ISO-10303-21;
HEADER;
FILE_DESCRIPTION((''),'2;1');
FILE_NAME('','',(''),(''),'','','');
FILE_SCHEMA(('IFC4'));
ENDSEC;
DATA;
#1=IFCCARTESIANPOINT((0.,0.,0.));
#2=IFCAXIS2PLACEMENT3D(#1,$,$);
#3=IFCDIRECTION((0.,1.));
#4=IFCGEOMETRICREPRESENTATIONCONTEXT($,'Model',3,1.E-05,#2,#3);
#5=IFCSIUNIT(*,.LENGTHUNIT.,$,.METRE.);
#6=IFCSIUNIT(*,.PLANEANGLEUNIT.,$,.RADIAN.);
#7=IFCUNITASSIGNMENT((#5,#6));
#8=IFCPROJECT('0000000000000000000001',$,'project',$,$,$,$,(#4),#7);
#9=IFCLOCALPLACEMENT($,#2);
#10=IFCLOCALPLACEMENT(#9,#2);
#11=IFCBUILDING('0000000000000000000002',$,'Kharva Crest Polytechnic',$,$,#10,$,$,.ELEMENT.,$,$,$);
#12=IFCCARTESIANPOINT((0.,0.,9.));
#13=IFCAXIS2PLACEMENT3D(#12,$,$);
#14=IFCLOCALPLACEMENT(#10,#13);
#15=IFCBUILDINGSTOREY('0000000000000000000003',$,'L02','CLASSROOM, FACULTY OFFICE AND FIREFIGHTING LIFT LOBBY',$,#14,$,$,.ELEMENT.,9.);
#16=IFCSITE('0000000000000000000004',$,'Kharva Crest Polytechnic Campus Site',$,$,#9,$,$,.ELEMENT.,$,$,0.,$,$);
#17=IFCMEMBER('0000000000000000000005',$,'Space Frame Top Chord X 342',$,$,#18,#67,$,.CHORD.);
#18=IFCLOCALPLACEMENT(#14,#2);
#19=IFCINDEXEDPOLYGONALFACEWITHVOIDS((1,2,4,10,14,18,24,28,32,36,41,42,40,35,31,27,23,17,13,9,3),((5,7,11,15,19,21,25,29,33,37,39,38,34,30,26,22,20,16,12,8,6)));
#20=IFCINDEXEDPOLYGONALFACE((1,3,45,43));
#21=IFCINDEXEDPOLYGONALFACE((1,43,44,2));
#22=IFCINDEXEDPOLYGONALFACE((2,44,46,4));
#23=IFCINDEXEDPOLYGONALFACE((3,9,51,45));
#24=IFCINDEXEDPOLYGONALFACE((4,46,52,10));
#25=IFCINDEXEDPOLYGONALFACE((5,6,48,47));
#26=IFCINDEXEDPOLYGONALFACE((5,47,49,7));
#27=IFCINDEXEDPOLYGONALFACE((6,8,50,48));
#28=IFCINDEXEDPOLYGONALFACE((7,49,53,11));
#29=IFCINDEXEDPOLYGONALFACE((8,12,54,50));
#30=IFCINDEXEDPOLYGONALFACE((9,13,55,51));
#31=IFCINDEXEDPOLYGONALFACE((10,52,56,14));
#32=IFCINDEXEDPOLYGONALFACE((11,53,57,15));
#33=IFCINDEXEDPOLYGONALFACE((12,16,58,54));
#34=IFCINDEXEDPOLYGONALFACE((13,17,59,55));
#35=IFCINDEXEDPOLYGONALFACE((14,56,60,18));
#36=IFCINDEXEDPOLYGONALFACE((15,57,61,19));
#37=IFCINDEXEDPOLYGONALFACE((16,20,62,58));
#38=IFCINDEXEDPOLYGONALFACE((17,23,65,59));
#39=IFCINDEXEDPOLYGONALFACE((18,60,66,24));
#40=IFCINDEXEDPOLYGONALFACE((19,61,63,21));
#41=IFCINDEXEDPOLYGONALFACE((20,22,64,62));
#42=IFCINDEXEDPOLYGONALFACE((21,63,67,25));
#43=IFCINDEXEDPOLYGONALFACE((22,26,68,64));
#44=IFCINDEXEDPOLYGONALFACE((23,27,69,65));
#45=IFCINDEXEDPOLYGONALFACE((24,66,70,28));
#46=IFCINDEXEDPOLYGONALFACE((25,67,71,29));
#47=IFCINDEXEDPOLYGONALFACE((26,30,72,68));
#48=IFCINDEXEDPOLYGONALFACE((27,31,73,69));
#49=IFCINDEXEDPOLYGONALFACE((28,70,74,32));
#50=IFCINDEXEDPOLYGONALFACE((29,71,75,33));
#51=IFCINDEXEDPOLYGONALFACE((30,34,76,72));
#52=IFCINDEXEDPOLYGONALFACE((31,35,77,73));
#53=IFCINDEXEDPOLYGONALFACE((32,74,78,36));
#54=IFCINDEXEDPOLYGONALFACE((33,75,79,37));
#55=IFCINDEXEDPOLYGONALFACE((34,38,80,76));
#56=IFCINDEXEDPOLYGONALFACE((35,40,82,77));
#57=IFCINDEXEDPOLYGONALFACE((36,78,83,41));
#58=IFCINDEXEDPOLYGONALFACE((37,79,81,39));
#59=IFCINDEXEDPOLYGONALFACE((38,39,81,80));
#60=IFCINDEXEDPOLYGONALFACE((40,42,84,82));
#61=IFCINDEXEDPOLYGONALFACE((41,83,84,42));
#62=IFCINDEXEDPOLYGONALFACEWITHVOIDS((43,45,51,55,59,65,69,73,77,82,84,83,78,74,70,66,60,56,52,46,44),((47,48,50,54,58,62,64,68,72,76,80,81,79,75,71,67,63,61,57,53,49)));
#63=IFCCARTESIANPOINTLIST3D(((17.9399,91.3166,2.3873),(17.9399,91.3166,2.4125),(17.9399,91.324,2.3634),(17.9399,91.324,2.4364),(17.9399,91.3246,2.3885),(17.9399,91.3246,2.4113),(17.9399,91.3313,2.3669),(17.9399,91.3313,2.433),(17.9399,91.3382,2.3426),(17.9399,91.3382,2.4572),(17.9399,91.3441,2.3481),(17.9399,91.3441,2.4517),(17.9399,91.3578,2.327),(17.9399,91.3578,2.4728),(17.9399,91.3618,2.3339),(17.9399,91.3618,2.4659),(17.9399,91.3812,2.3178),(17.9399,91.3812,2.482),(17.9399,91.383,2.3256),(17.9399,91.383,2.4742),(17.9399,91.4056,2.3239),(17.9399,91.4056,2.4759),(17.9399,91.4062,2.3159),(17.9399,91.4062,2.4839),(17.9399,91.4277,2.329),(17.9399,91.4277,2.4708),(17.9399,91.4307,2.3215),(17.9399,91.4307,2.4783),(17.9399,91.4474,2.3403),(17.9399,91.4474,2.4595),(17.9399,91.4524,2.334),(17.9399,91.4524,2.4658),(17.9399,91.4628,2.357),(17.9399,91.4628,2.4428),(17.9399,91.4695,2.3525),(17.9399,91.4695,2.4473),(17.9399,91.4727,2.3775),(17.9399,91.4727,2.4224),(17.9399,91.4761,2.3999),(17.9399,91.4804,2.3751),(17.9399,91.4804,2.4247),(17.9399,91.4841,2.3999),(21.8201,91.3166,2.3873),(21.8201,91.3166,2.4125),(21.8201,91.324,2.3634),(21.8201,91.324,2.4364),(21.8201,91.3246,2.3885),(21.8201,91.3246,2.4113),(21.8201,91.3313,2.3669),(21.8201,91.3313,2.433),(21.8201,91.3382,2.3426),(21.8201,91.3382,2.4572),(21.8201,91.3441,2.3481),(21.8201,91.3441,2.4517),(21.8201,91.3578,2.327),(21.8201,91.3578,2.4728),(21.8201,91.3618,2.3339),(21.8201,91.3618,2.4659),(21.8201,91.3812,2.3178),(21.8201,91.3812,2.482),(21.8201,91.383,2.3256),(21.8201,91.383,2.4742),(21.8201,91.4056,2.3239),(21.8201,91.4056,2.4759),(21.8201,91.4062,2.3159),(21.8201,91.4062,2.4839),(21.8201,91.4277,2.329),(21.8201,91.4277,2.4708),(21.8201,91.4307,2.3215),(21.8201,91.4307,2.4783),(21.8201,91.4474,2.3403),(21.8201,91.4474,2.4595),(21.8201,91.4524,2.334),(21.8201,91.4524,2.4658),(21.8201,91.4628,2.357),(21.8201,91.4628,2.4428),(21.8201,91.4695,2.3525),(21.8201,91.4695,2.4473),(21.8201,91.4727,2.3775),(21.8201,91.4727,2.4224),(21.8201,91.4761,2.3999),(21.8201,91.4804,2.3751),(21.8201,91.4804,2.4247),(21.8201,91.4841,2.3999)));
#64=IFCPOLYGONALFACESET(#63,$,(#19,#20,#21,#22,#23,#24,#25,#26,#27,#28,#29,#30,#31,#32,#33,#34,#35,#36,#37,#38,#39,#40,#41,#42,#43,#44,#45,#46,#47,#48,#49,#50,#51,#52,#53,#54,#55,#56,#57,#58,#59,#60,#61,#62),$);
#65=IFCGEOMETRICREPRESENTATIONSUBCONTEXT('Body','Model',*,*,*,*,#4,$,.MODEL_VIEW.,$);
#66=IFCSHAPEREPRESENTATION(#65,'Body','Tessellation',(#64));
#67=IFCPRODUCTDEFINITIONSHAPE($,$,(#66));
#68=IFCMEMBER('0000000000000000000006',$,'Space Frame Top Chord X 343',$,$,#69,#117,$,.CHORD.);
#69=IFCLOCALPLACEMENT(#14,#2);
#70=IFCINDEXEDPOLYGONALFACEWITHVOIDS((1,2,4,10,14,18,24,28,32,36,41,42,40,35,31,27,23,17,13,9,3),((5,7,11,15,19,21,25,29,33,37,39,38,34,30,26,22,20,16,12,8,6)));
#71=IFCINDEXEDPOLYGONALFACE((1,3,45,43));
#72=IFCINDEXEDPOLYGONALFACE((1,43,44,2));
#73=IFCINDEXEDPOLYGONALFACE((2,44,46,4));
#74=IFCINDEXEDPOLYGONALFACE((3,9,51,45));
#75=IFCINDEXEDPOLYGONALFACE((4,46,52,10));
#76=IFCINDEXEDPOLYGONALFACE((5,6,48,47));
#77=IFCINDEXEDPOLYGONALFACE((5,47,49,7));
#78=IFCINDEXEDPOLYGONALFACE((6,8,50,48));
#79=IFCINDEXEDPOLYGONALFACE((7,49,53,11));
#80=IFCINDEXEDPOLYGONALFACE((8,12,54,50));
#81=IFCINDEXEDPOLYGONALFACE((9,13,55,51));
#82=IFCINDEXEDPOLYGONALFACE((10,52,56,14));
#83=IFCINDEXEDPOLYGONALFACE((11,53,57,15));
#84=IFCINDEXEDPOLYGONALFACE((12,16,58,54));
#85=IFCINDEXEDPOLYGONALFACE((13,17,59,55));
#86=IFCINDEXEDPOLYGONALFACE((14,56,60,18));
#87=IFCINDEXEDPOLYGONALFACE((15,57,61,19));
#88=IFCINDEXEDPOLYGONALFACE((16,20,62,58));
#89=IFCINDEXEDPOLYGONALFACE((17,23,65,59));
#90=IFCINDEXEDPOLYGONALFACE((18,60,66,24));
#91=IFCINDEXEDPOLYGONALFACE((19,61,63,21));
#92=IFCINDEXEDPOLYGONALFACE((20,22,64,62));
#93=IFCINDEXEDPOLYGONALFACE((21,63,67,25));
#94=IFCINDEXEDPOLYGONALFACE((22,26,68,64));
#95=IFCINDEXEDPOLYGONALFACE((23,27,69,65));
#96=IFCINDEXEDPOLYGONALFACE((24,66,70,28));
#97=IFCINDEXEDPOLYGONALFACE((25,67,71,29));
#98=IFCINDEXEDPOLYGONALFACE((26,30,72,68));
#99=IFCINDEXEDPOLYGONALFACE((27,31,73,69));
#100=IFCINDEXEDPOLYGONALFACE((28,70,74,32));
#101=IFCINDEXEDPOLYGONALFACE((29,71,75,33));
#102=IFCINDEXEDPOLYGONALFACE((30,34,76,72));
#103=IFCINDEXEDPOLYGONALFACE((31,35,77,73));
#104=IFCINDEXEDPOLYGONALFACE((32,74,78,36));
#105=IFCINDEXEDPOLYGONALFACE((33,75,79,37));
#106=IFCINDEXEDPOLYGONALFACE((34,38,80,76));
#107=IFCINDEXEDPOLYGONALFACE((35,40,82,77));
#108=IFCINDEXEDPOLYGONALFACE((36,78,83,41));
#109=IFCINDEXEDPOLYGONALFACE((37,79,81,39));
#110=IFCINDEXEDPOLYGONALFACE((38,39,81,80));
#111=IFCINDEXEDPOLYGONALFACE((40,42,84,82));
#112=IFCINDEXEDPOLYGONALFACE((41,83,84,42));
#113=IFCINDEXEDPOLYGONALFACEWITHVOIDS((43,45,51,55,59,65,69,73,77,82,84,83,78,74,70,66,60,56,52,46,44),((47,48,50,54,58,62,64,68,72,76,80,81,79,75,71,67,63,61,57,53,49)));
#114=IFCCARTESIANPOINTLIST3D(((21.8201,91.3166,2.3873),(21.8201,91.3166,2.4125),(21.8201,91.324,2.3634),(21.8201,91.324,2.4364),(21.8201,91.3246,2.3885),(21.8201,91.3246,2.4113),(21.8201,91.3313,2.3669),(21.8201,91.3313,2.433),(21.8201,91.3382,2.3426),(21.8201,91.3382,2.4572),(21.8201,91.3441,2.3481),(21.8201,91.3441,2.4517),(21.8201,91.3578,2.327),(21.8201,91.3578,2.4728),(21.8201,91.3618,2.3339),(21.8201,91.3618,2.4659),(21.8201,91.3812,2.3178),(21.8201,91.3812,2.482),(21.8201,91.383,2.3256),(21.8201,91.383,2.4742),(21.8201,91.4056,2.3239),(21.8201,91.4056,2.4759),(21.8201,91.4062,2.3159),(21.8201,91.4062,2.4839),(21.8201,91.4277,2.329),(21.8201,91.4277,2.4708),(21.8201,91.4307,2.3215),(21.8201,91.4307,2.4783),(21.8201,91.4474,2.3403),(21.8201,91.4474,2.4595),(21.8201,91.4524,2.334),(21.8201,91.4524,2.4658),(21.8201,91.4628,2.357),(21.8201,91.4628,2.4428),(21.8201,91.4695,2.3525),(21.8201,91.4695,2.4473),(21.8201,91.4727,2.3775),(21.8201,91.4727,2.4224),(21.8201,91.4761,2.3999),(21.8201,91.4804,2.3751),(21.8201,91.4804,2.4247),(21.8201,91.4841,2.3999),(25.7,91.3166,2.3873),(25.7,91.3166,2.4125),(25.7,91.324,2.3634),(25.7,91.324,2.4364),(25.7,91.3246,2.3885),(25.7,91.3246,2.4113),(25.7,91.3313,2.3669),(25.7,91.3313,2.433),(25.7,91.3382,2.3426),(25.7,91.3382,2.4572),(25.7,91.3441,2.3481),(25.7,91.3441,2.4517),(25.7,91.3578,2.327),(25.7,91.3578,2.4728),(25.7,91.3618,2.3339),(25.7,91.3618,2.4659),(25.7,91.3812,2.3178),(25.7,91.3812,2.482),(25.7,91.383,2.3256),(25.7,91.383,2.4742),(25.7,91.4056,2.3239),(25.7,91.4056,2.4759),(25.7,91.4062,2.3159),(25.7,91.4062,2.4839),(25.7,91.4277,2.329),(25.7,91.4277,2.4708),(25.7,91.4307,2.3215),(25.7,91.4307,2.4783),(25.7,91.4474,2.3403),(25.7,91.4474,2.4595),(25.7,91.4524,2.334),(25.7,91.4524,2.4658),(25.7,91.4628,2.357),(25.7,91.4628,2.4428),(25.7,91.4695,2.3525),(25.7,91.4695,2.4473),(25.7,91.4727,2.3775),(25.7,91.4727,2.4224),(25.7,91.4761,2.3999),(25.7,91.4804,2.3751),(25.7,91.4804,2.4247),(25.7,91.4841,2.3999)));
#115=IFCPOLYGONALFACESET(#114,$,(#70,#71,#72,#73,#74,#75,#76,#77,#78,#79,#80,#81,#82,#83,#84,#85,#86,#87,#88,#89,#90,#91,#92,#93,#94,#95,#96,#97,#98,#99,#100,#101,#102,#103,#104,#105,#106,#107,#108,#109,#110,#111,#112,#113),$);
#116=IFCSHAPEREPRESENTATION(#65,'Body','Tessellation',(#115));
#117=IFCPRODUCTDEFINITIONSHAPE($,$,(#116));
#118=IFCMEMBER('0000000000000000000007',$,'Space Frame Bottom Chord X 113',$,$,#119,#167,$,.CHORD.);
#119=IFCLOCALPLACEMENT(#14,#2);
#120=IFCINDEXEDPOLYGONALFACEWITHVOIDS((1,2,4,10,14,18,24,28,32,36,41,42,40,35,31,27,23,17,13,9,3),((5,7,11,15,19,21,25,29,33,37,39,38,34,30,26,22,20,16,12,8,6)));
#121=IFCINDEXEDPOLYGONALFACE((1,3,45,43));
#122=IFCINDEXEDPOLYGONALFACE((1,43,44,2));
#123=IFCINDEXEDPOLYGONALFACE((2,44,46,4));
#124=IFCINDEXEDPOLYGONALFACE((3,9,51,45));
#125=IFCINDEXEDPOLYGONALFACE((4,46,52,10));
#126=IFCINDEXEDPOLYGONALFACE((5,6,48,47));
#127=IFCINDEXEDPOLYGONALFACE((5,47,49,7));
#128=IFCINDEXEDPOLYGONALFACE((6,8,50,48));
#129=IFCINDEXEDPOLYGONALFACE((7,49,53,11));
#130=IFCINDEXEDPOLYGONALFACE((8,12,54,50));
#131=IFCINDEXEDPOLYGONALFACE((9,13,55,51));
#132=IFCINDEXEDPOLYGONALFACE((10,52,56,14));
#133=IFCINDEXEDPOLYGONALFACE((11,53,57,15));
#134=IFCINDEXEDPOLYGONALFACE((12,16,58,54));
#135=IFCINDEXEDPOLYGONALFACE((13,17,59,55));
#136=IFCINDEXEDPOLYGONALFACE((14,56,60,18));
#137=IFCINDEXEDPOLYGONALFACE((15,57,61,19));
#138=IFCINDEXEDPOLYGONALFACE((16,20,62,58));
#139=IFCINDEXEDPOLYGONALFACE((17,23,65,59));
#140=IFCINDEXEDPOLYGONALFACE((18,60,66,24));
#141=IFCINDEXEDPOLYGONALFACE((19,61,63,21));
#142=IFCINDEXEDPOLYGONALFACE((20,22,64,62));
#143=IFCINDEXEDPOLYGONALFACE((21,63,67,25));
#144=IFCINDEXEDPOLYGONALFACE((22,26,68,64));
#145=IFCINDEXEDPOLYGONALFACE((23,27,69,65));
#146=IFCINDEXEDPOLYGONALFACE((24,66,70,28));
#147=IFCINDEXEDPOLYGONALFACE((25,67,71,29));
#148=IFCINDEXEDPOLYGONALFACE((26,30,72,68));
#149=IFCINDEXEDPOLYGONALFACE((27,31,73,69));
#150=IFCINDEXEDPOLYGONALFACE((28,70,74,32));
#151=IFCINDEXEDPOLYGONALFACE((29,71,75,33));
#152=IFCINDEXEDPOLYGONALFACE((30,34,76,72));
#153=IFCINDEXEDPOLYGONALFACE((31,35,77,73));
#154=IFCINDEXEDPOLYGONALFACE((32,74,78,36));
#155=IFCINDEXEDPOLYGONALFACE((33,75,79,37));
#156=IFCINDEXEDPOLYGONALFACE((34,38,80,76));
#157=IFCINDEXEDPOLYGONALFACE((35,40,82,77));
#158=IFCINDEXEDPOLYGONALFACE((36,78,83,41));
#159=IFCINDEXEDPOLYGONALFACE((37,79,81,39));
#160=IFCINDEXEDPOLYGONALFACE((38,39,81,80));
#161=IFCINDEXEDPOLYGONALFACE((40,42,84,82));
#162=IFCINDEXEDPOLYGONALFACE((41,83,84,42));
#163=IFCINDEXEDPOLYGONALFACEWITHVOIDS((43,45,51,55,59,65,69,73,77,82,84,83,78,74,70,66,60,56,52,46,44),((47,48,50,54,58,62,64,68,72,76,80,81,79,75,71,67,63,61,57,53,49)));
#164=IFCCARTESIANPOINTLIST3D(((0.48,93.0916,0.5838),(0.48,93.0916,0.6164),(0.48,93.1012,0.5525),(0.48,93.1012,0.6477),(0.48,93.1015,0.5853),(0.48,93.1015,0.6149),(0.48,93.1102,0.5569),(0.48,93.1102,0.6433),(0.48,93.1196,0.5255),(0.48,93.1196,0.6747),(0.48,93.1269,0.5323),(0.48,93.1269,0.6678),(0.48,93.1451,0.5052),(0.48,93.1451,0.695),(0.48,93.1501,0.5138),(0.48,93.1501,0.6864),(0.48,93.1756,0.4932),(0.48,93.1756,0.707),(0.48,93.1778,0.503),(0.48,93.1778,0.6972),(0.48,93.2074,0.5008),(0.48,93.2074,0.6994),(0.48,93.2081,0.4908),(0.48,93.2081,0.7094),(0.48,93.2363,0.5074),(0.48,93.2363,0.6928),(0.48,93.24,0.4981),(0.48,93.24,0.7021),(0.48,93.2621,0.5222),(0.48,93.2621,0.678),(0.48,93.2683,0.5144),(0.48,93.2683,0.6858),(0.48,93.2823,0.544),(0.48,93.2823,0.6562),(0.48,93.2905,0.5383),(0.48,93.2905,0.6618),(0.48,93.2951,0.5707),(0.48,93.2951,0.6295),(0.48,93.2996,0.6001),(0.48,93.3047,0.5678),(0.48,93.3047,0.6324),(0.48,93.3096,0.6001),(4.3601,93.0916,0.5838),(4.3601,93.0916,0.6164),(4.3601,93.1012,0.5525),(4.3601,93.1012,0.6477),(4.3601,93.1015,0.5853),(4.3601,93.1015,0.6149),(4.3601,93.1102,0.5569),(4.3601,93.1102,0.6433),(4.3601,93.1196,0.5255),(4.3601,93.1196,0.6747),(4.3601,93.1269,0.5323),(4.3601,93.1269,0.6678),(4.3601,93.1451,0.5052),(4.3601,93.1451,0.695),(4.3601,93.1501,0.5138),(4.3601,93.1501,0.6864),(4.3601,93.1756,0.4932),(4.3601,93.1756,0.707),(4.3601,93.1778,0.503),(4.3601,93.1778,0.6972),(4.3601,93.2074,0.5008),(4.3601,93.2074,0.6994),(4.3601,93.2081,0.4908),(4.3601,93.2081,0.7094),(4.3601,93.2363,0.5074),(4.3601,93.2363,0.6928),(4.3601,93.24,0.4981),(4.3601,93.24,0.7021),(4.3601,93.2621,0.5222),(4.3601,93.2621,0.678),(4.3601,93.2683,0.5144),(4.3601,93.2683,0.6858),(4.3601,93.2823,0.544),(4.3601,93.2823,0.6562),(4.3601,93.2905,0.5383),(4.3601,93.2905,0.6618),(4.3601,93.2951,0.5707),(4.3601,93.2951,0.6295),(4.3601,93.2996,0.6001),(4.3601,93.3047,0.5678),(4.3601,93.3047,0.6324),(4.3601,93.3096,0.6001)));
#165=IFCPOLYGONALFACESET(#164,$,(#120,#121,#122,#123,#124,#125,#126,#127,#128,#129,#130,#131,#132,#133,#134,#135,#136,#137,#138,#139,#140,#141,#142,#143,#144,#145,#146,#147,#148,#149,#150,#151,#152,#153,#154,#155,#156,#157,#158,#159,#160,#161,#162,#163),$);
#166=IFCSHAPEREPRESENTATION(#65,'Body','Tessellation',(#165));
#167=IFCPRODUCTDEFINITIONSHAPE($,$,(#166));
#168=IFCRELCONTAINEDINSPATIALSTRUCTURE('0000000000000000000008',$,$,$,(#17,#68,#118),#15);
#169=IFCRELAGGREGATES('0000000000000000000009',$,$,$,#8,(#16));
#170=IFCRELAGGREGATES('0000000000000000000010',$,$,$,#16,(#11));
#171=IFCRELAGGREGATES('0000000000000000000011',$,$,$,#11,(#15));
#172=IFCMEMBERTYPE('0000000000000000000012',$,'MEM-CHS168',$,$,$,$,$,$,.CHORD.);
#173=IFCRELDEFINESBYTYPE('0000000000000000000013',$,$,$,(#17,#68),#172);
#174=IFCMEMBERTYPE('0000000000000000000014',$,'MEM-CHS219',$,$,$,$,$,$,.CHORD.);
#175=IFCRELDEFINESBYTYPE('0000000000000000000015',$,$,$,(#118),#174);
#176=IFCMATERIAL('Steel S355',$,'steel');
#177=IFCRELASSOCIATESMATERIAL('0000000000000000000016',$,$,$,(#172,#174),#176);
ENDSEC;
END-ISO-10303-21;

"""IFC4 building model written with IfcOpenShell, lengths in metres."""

from ifc_helpers import new_model, si_unit, direction, frame, origin, origin_2d, place, context, subcontext, project, spatial, hollow_circle, extrude, material, material_profile, profile_set, type_object, element, save


model = new_model("IFC4")

# Units and contexts
model_context = context("Model", 3, precision=1e-05, world=origin(), true_north=direction((0.0, 1.0)))
body_context = subcontext(model_context, "Body", "Model", "MODEL_VIEW")
ifc_project = project(units=[si_unit("LENGTHUNIT", "METRE"), si_unit("PLANEANGLEUNIT", "RADIAN")], contexts=[model_context])

# Site, building, storey
site_placement = place(None, origin())
site = spatial("IfcSite", under=ifc_project, at=site_placement, Name="Kharva Crest Polytechnic Campus Site", CompositionType="ELEMENT", RefElevation=0.0)
building_placement = place(site_placement, origin())
building = spatial("IfcBuilding", under=site, at=building_placement, Name="Kharva Crest Polytechnic", CompositionType="ELEMENT")
storey_placement = place(building_placement, frame((0.0, 0.0, 9.0)))
storey = spatial("IfcBuildingStorey", under=building, at=storey_placement, Name="L02", Description="CLASSROOM, FACULTY OFFICE AND FIREFIGHTING LIFT LOBBY", CompositionType="ELEMENT", Elevation=9.0)

# Members
ifc_material = material(Name="Steel S355", Category="steel")
ifc_material_profile_1 = material_profile(ifc_material, hollow_circle(Radius=0.0842, WallThickness=0.0081, at=origin_2d()), Name="CHS 168.3X8.0")
ifc_profile_set_1 = profile_set([ifc_material_profile_1], Name="Steel S355")
member_type_1 = type_object("IfcMemberType", Name="MEM-CHS168", PredefinedType="CHORD", material=ifc_profile_set_1)
member_1_placement = place(storey_placement, frame((17.9399, 91.3999, 2.3999), z_axis=(1.0, 0.0, 0.0), x_axis=(0.0, 1.0, 0.0)))
element("IfcMember", 1, at=member_1_placement, inside=storey, type_object=member_type_1, Name="Space Frame Top Chord X 342", PredefinedType="CHORD", context=body_context, shape_type="SweptSolid", body=[
    extrude(hollow_circle(Radius=0.0842, WallThickness=0.0081, at=origin_2d()), origin(), (0.0, 0.0, 1.0), 3.8801),
])
member_2_placement = place(storey_placement, frame((21.8201, 91.3999, 2.3999), z_axis=(1.0, 0.0, 0.0), x_axis=(0.0, 1.0, 0.0)))
element("IfcMember", 2, at=member_2_placement, inside=storey, type_object=member_type_1, Name="Space Frame Top Chord X 343", PredefinedType="CHORD", context=body_context, shape_type="SweptSolid", body=[
    extrude(hollow_circle(Radius=0.0842, WallThickness=0.0081, at=origin_2d()), origin(), (0.0, 0.0, 1.0), 3.8799),
])
ifc_material_profile_2 = material_profile(ifc_material, hollow_circle(Radius=0.1096, WallThickness=0.01, at=origin_2d()), Name="CHS 219.1X10.0")
ifc_profile_set_2 = profile_set([ifc_material_profile_2], Name="Steel S355")
member_type_2 = type_object("IfcMemberType", Name="MEM-CHS219", PredefinedType="CHORD", material=ifc_profile_set_2)
member_3_placement = place(storey_placement, frame((0.48, 93.2, 0.6001), z_axis=(1.0, 0.0, 0.0), x_axis=(0.0, 1.0, 0.0)))
element("IfcMember", 3, at=member_3_placement, inside=storey, type_object=member_type_2, Name="Space Frame Bottom Chord X 113", PredefinedType="CHORD", context=body_context, shape_type="SweptSolid", body=[
    extrude(hollow_circle(Radius=0.1096, WallThickness=0.01, at=origin_2d()), origin(), (0.0, 0.0, 1.0), 3.8801),
])

save(model, "model.ifc")
